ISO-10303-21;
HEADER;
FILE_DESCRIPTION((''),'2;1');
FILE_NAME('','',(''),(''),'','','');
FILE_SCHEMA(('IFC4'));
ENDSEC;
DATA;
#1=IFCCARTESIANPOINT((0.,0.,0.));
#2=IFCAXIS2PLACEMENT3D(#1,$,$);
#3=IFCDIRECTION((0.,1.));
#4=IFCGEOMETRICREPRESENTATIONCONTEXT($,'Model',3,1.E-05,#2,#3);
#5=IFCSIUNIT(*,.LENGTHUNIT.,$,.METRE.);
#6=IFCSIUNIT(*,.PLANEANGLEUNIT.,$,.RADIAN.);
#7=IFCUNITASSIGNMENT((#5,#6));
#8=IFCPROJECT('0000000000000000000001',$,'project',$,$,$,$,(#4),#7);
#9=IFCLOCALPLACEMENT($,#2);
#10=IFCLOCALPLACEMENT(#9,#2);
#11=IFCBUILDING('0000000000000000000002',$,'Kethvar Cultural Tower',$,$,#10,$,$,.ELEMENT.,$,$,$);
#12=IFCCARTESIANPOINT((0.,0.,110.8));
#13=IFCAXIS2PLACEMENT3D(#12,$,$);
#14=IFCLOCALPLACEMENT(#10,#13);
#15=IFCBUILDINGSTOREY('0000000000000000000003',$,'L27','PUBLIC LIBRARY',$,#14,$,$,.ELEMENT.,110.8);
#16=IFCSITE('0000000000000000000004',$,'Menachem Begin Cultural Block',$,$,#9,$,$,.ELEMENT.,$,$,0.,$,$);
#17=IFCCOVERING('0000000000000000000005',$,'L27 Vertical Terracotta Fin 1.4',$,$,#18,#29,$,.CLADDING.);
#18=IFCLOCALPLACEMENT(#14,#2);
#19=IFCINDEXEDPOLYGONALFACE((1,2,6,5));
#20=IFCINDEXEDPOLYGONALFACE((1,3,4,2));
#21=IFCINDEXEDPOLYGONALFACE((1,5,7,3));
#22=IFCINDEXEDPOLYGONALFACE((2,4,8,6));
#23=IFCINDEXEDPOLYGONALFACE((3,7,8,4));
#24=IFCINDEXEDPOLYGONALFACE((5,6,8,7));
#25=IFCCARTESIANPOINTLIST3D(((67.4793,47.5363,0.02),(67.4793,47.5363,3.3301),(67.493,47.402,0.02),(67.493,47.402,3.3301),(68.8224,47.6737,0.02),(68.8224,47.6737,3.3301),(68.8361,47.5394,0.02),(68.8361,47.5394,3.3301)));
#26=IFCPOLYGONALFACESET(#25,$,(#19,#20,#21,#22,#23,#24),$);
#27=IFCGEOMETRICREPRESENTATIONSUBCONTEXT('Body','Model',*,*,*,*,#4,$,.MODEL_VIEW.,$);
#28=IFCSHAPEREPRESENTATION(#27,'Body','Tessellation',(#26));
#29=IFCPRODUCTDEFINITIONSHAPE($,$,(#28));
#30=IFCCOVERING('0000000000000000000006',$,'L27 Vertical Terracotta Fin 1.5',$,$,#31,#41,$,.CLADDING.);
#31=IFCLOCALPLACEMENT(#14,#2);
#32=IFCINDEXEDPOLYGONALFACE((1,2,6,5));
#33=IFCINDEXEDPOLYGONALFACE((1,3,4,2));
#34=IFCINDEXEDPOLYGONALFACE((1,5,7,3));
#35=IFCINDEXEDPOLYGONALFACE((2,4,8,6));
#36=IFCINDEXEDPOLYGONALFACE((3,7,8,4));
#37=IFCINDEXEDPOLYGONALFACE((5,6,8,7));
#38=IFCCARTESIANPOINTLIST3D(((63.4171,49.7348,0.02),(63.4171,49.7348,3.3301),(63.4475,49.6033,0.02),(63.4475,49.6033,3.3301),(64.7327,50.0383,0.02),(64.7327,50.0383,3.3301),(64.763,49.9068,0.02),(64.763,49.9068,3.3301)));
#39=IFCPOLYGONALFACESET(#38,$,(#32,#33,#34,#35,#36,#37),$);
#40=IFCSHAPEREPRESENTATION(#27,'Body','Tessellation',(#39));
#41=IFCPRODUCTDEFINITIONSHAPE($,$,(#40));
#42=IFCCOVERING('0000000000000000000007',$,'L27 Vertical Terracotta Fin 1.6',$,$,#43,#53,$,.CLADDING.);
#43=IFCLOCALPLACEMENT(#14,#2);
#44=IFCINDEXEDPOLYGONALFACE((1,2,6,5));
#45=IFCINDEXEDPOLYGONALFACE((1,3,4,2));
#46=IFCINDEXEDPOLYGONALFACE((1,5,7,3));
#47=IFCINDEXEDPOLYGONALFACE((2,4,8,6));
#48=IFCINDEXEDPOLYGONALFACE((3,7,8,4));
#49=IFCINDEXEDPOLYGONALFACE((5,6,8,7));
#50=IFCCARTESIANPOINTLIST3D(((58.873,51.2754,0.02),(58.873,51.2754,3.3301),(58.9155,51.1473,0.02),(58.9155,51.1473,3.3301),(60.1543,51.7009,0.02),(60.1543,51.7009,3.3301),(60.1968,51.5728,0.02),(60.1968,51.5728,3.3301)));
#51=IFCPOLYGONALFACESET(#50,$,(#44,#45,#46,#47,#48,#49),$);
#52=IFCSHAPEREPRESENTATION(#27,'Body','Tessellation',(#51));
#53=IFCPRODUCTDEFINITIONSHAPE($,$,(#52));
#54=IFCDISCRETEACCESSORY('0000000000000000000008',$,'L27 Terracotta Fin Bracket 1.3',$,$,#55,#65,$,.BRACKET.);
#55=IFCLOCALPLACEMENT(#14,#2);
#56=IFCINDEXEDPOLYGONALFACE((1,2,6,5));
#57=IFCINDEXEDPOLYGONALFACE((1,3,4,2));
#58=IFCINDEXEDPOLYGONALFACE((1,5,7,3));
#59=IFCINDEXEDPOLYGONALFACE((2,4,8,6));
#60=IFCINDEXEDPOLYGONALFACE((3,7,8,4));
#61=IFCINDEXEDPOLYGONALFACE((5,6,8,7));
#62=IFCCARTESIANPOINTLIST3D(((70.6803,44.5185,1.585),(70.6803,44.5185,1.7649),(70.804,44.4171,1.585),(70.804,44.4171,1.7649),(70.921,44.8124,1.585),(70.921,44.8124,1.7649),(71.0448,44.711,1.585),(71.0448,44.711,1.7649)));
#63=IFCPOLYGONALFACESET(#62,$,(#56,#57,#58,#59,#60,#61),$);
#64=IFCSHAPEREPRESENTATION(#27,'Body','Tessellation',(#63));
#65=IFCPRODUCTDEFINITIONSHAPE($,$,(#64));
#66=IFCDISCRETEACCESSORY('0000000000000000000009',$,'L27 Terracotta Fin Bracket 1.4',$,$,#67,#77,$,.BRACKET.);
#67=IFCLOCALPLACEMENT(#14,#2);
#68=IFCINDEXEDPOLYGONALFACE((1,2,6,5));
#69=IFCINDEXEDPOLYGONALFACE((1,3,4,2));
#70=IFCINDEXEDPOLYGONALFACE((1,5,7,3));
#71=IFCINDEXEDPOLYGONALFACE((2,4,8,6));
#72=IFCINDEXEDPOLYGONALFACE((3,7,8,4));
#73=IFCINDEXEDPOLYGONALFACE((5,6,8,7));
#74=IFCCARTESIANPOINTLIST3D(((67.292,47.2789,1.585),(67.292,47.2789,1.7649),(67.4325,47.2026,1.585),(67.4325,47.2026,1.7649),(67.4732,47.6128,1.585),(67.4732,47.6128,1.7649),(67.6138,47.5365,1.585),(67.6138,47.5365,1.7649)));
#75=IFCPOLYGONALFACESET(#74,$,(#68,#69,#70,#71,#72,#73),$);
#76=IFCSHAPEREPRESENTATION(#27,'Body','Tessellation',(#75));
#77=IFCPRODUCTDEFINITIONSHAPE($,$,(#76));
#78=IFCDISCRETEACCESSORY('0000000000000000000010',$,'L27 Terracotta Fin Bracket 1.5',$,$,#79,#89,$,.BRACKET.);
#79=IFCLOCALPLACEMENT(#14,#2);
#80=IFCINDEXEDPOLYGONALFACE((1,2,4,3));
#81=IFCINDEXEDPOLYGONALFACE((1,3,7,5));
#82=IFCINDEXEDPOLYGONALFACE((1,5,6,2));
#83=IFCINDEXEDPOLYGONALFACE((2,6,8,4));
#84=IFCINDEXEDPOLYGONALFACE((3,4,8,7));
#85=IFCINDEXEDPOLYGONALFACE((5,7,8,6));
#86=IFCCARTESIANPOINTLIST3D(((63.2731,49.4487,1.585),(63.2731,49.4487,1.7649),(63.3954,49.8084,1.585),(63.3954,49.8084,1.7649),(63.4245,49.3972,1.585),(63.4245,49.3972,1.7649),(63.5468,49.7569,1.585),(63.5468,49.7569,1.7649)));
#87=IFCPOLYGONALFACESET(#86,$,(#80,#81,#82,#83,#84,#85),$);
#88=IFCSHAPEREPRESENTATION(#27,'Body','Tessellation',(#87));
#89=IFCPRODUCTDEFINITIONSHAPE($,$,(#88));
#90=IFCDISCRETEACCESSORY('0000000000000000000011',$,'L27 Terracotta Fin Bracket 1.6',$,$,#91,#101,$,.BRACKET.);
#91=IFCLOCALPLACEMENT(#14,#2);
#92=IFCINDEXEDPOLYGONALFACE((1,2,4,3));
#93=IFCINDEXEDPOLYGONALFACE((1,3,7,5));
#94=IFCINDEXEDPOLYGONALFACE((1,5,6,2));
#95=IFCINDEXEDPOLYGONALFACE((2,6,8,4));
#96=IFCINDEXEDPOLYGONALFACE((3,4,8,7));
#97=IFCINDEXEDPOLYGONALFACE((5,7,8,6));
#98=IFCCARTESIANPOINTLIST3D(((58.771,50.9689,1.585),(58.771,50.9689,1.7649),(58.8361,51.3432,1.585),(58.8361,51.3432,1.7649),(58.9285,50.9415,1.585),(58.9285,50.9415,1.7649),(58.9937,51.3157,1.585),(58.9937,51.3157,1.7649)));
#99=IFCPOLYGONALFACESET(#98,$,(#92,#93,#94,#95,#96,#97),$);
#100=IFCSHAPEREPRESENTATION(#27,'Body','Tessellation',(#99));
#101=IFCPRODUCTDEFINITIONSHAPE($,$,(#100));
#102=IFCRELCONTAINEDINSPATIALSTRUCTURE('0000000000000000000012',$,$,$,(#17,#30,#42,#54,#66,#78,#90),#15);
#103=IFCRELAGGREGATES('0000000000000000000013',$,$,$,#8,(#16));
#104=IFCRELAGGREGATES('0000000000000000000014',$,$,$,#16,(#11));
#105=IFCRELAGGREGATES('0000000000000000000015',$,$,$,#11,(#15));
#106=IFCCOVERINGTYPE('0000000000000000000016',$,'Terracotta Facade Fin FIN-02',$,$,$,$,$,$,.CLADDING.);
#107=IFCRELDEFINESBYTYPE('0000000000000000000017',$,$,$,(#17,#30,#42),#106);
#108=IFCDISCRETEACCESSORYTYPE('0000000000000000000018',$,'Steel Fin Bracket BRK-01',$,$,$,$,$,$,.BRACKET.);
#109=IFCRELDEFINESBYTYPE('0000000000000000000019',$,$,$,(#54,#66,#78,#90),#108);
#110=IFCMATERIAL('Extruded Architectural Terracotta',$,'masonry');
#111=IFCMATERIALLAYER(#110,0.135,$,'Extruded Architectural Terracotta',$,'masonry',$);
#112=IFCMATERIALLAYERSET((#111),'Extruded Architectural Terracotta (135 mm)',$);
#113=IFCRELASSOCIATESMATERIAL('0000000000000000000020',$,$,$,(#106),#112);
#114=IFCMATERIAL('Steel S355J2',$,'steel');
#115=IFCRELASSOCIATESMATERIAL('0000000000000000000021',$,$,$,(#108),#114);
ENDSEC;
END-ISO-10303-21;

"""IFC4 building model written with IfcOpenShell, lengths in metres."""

from ifc_helpers import new_model, si_unit, direction, frame, origin, origin_2d, place, context, subcontext, project, spatial, rectangle, extrude, source, transform, mapped, material, layer, layer_set, type_object, element, save


model = new_model("IFC4")

# Units and contexts
model_context = context("Model", 3, precision=1e-05, world=origin(), true_north=direction((0.0, 1.0)))
body_context = subcontext(model_context, "Body", "Model", "MODEL_VIEW")
ifc_project = project(units=[si_unit("LENGTHUNIT", "METRE"), si_unit("PLANEANGLEUNIT", "RADIAN")], contexts=[model_context])

# Site, building, storey
site_placement = place(None, origin())
site = spatial("IfcSite", under=ifc_project, at=site_placement, Name="Menachem Begin Cultural Block", CompositionType="ELEMENT", RefElevation=0.0)
building_placement = place(site_placement, origin())
building = spatial("IfcBuilding", under=site, at=building_placement, Name="Kethvar Cultural Tower", CompositionType="ELEMENT")
storey_placement = place(building_placement, frame((0.0, 0.0, 110.8)))
storey = spatial("IfcBuildingStorey", under=building, at=storey_placement, Name="L27", Description="PUBLIC LIBRARY", CompositionType="ELEMENT", Elevation=110.8)

# Shared definitions
ifc_material_1 = material(Name="Steel S355J2", Category="steel")

# Coverings
ifc_material_2 = material(Name="Extruded Architectural Terracotta", Category="masonry")
ifc_layer_1 = layer(ifc_material_2, 0.135, Name="Extruded Architectural Terracotta", Category="masonry")
ifc_layer_set_1 = layer_set([ifc_layer_1], Name="Extruded Architectural Terracotta (135 mm)")
covering_type = type_object("IfcCoveringType", Name="Terracotta Facade Fin FIN-02", PredefinedType="CLADDING", material=ifc_layer_set_1)
shared_shape_1 = source(origin(), body_context, "Body", "SweptSolid", [
    extrude(rectangle(XDim=1.3501, YDim=0.135, at=origin_2d()), origin(), (0.0, 0.0, 1.0), 3.3101),
])
for number, where, z_axis, x_axis, name in (
    (1, (68.1577, 47.5378, 0.02), (0.0, 0.0, 1.0), (0.99481, 0.101751, 0.0), "L27 Vertical Terracotta Fin 1.4"),
    (2, (64.0901, 49.8208, 0.02), (0.0, 0.0, 1.0), (0.974409, 0.224781, 0.0), "L27 Vertical Terracotta Fin 1.5"),
    (3, (59.5349, 51.4241, 0.02), (0.0, 0.0, 1.0), (0.949041, 0.315152, 0.0), "L27 Vertical Terracotta Fin 1.6"),
):
    element("IfcCovering", number, at=place(storey_placement, frame(where, z_axis=z_axis, x_axis=x_axis)), inside=storey, type_object=covering_type, Name=name, PredefinedType="CLADDING", context=body_context, shape_type="MappedRepresentation", body=[
        mapped(shared_shape_1, transform((0.0, 0.0, 0.0), scale=1.0)),
    ])

# Discrete accessories
discrete_accessory_type = type_object("IfcDiscreteAccessoryType", Name="Steel Fin Bracket BRK-01", PredefinedType="BRACKET", material=ifc_material_1)
shared_shape_2 = source(origin(), body_context, "Body", "SweptSolid", [
    extrude(rectangle(XDim=0.3799, YDim=0.1599, at=origin_2d()), origin(), (0.0, 0.0, 1.0), 0.1799),
])
for number, where, z_axis, x_axis, name in (
    (4, (70.8625, 44.6147, 1.585), (0.0, 0.0, 1.0), (0.633651, 0.773619, 0.0), "L27 Terracotta Fin Bracket 1.3"),
    (5, (67.4529, 47.4077, 1.585), (0.0, 0.0, 1.0), (0.477159, 0.878817, 0.0), "L27 Terracotta Fin Bracket 1.4"),
    (6, (63.4099, 49.6028, 1.585), (0.0, 0.0, 1.0), (0.321935, 0.946762, 0.0), "L27 Terracotta Fin Bracket 1.5"),
    (7, (58.8823, 51.1423, 1.585), (0.0, 0.0, 1.0), (0.171585, 0.985169, 0.0), "L27 Terracotta Fin Bracket 1.6"),
):
    element("IfcDiscreteAccessory", number, at=place(storey_placement, frame(where, z_axis=z_axis, x_axis=x_axis)), inside=storey, type_object=discrete_accessory_type, Name=name, PredefinedType="BRACKET", context=body_context, shape_type="MappedRepresentation", body=[
        mapped(shared_shape_2, transform((0.0, 0.0, 0.0), scale=1.0)),
    ])

save(model, "model.ifc")
